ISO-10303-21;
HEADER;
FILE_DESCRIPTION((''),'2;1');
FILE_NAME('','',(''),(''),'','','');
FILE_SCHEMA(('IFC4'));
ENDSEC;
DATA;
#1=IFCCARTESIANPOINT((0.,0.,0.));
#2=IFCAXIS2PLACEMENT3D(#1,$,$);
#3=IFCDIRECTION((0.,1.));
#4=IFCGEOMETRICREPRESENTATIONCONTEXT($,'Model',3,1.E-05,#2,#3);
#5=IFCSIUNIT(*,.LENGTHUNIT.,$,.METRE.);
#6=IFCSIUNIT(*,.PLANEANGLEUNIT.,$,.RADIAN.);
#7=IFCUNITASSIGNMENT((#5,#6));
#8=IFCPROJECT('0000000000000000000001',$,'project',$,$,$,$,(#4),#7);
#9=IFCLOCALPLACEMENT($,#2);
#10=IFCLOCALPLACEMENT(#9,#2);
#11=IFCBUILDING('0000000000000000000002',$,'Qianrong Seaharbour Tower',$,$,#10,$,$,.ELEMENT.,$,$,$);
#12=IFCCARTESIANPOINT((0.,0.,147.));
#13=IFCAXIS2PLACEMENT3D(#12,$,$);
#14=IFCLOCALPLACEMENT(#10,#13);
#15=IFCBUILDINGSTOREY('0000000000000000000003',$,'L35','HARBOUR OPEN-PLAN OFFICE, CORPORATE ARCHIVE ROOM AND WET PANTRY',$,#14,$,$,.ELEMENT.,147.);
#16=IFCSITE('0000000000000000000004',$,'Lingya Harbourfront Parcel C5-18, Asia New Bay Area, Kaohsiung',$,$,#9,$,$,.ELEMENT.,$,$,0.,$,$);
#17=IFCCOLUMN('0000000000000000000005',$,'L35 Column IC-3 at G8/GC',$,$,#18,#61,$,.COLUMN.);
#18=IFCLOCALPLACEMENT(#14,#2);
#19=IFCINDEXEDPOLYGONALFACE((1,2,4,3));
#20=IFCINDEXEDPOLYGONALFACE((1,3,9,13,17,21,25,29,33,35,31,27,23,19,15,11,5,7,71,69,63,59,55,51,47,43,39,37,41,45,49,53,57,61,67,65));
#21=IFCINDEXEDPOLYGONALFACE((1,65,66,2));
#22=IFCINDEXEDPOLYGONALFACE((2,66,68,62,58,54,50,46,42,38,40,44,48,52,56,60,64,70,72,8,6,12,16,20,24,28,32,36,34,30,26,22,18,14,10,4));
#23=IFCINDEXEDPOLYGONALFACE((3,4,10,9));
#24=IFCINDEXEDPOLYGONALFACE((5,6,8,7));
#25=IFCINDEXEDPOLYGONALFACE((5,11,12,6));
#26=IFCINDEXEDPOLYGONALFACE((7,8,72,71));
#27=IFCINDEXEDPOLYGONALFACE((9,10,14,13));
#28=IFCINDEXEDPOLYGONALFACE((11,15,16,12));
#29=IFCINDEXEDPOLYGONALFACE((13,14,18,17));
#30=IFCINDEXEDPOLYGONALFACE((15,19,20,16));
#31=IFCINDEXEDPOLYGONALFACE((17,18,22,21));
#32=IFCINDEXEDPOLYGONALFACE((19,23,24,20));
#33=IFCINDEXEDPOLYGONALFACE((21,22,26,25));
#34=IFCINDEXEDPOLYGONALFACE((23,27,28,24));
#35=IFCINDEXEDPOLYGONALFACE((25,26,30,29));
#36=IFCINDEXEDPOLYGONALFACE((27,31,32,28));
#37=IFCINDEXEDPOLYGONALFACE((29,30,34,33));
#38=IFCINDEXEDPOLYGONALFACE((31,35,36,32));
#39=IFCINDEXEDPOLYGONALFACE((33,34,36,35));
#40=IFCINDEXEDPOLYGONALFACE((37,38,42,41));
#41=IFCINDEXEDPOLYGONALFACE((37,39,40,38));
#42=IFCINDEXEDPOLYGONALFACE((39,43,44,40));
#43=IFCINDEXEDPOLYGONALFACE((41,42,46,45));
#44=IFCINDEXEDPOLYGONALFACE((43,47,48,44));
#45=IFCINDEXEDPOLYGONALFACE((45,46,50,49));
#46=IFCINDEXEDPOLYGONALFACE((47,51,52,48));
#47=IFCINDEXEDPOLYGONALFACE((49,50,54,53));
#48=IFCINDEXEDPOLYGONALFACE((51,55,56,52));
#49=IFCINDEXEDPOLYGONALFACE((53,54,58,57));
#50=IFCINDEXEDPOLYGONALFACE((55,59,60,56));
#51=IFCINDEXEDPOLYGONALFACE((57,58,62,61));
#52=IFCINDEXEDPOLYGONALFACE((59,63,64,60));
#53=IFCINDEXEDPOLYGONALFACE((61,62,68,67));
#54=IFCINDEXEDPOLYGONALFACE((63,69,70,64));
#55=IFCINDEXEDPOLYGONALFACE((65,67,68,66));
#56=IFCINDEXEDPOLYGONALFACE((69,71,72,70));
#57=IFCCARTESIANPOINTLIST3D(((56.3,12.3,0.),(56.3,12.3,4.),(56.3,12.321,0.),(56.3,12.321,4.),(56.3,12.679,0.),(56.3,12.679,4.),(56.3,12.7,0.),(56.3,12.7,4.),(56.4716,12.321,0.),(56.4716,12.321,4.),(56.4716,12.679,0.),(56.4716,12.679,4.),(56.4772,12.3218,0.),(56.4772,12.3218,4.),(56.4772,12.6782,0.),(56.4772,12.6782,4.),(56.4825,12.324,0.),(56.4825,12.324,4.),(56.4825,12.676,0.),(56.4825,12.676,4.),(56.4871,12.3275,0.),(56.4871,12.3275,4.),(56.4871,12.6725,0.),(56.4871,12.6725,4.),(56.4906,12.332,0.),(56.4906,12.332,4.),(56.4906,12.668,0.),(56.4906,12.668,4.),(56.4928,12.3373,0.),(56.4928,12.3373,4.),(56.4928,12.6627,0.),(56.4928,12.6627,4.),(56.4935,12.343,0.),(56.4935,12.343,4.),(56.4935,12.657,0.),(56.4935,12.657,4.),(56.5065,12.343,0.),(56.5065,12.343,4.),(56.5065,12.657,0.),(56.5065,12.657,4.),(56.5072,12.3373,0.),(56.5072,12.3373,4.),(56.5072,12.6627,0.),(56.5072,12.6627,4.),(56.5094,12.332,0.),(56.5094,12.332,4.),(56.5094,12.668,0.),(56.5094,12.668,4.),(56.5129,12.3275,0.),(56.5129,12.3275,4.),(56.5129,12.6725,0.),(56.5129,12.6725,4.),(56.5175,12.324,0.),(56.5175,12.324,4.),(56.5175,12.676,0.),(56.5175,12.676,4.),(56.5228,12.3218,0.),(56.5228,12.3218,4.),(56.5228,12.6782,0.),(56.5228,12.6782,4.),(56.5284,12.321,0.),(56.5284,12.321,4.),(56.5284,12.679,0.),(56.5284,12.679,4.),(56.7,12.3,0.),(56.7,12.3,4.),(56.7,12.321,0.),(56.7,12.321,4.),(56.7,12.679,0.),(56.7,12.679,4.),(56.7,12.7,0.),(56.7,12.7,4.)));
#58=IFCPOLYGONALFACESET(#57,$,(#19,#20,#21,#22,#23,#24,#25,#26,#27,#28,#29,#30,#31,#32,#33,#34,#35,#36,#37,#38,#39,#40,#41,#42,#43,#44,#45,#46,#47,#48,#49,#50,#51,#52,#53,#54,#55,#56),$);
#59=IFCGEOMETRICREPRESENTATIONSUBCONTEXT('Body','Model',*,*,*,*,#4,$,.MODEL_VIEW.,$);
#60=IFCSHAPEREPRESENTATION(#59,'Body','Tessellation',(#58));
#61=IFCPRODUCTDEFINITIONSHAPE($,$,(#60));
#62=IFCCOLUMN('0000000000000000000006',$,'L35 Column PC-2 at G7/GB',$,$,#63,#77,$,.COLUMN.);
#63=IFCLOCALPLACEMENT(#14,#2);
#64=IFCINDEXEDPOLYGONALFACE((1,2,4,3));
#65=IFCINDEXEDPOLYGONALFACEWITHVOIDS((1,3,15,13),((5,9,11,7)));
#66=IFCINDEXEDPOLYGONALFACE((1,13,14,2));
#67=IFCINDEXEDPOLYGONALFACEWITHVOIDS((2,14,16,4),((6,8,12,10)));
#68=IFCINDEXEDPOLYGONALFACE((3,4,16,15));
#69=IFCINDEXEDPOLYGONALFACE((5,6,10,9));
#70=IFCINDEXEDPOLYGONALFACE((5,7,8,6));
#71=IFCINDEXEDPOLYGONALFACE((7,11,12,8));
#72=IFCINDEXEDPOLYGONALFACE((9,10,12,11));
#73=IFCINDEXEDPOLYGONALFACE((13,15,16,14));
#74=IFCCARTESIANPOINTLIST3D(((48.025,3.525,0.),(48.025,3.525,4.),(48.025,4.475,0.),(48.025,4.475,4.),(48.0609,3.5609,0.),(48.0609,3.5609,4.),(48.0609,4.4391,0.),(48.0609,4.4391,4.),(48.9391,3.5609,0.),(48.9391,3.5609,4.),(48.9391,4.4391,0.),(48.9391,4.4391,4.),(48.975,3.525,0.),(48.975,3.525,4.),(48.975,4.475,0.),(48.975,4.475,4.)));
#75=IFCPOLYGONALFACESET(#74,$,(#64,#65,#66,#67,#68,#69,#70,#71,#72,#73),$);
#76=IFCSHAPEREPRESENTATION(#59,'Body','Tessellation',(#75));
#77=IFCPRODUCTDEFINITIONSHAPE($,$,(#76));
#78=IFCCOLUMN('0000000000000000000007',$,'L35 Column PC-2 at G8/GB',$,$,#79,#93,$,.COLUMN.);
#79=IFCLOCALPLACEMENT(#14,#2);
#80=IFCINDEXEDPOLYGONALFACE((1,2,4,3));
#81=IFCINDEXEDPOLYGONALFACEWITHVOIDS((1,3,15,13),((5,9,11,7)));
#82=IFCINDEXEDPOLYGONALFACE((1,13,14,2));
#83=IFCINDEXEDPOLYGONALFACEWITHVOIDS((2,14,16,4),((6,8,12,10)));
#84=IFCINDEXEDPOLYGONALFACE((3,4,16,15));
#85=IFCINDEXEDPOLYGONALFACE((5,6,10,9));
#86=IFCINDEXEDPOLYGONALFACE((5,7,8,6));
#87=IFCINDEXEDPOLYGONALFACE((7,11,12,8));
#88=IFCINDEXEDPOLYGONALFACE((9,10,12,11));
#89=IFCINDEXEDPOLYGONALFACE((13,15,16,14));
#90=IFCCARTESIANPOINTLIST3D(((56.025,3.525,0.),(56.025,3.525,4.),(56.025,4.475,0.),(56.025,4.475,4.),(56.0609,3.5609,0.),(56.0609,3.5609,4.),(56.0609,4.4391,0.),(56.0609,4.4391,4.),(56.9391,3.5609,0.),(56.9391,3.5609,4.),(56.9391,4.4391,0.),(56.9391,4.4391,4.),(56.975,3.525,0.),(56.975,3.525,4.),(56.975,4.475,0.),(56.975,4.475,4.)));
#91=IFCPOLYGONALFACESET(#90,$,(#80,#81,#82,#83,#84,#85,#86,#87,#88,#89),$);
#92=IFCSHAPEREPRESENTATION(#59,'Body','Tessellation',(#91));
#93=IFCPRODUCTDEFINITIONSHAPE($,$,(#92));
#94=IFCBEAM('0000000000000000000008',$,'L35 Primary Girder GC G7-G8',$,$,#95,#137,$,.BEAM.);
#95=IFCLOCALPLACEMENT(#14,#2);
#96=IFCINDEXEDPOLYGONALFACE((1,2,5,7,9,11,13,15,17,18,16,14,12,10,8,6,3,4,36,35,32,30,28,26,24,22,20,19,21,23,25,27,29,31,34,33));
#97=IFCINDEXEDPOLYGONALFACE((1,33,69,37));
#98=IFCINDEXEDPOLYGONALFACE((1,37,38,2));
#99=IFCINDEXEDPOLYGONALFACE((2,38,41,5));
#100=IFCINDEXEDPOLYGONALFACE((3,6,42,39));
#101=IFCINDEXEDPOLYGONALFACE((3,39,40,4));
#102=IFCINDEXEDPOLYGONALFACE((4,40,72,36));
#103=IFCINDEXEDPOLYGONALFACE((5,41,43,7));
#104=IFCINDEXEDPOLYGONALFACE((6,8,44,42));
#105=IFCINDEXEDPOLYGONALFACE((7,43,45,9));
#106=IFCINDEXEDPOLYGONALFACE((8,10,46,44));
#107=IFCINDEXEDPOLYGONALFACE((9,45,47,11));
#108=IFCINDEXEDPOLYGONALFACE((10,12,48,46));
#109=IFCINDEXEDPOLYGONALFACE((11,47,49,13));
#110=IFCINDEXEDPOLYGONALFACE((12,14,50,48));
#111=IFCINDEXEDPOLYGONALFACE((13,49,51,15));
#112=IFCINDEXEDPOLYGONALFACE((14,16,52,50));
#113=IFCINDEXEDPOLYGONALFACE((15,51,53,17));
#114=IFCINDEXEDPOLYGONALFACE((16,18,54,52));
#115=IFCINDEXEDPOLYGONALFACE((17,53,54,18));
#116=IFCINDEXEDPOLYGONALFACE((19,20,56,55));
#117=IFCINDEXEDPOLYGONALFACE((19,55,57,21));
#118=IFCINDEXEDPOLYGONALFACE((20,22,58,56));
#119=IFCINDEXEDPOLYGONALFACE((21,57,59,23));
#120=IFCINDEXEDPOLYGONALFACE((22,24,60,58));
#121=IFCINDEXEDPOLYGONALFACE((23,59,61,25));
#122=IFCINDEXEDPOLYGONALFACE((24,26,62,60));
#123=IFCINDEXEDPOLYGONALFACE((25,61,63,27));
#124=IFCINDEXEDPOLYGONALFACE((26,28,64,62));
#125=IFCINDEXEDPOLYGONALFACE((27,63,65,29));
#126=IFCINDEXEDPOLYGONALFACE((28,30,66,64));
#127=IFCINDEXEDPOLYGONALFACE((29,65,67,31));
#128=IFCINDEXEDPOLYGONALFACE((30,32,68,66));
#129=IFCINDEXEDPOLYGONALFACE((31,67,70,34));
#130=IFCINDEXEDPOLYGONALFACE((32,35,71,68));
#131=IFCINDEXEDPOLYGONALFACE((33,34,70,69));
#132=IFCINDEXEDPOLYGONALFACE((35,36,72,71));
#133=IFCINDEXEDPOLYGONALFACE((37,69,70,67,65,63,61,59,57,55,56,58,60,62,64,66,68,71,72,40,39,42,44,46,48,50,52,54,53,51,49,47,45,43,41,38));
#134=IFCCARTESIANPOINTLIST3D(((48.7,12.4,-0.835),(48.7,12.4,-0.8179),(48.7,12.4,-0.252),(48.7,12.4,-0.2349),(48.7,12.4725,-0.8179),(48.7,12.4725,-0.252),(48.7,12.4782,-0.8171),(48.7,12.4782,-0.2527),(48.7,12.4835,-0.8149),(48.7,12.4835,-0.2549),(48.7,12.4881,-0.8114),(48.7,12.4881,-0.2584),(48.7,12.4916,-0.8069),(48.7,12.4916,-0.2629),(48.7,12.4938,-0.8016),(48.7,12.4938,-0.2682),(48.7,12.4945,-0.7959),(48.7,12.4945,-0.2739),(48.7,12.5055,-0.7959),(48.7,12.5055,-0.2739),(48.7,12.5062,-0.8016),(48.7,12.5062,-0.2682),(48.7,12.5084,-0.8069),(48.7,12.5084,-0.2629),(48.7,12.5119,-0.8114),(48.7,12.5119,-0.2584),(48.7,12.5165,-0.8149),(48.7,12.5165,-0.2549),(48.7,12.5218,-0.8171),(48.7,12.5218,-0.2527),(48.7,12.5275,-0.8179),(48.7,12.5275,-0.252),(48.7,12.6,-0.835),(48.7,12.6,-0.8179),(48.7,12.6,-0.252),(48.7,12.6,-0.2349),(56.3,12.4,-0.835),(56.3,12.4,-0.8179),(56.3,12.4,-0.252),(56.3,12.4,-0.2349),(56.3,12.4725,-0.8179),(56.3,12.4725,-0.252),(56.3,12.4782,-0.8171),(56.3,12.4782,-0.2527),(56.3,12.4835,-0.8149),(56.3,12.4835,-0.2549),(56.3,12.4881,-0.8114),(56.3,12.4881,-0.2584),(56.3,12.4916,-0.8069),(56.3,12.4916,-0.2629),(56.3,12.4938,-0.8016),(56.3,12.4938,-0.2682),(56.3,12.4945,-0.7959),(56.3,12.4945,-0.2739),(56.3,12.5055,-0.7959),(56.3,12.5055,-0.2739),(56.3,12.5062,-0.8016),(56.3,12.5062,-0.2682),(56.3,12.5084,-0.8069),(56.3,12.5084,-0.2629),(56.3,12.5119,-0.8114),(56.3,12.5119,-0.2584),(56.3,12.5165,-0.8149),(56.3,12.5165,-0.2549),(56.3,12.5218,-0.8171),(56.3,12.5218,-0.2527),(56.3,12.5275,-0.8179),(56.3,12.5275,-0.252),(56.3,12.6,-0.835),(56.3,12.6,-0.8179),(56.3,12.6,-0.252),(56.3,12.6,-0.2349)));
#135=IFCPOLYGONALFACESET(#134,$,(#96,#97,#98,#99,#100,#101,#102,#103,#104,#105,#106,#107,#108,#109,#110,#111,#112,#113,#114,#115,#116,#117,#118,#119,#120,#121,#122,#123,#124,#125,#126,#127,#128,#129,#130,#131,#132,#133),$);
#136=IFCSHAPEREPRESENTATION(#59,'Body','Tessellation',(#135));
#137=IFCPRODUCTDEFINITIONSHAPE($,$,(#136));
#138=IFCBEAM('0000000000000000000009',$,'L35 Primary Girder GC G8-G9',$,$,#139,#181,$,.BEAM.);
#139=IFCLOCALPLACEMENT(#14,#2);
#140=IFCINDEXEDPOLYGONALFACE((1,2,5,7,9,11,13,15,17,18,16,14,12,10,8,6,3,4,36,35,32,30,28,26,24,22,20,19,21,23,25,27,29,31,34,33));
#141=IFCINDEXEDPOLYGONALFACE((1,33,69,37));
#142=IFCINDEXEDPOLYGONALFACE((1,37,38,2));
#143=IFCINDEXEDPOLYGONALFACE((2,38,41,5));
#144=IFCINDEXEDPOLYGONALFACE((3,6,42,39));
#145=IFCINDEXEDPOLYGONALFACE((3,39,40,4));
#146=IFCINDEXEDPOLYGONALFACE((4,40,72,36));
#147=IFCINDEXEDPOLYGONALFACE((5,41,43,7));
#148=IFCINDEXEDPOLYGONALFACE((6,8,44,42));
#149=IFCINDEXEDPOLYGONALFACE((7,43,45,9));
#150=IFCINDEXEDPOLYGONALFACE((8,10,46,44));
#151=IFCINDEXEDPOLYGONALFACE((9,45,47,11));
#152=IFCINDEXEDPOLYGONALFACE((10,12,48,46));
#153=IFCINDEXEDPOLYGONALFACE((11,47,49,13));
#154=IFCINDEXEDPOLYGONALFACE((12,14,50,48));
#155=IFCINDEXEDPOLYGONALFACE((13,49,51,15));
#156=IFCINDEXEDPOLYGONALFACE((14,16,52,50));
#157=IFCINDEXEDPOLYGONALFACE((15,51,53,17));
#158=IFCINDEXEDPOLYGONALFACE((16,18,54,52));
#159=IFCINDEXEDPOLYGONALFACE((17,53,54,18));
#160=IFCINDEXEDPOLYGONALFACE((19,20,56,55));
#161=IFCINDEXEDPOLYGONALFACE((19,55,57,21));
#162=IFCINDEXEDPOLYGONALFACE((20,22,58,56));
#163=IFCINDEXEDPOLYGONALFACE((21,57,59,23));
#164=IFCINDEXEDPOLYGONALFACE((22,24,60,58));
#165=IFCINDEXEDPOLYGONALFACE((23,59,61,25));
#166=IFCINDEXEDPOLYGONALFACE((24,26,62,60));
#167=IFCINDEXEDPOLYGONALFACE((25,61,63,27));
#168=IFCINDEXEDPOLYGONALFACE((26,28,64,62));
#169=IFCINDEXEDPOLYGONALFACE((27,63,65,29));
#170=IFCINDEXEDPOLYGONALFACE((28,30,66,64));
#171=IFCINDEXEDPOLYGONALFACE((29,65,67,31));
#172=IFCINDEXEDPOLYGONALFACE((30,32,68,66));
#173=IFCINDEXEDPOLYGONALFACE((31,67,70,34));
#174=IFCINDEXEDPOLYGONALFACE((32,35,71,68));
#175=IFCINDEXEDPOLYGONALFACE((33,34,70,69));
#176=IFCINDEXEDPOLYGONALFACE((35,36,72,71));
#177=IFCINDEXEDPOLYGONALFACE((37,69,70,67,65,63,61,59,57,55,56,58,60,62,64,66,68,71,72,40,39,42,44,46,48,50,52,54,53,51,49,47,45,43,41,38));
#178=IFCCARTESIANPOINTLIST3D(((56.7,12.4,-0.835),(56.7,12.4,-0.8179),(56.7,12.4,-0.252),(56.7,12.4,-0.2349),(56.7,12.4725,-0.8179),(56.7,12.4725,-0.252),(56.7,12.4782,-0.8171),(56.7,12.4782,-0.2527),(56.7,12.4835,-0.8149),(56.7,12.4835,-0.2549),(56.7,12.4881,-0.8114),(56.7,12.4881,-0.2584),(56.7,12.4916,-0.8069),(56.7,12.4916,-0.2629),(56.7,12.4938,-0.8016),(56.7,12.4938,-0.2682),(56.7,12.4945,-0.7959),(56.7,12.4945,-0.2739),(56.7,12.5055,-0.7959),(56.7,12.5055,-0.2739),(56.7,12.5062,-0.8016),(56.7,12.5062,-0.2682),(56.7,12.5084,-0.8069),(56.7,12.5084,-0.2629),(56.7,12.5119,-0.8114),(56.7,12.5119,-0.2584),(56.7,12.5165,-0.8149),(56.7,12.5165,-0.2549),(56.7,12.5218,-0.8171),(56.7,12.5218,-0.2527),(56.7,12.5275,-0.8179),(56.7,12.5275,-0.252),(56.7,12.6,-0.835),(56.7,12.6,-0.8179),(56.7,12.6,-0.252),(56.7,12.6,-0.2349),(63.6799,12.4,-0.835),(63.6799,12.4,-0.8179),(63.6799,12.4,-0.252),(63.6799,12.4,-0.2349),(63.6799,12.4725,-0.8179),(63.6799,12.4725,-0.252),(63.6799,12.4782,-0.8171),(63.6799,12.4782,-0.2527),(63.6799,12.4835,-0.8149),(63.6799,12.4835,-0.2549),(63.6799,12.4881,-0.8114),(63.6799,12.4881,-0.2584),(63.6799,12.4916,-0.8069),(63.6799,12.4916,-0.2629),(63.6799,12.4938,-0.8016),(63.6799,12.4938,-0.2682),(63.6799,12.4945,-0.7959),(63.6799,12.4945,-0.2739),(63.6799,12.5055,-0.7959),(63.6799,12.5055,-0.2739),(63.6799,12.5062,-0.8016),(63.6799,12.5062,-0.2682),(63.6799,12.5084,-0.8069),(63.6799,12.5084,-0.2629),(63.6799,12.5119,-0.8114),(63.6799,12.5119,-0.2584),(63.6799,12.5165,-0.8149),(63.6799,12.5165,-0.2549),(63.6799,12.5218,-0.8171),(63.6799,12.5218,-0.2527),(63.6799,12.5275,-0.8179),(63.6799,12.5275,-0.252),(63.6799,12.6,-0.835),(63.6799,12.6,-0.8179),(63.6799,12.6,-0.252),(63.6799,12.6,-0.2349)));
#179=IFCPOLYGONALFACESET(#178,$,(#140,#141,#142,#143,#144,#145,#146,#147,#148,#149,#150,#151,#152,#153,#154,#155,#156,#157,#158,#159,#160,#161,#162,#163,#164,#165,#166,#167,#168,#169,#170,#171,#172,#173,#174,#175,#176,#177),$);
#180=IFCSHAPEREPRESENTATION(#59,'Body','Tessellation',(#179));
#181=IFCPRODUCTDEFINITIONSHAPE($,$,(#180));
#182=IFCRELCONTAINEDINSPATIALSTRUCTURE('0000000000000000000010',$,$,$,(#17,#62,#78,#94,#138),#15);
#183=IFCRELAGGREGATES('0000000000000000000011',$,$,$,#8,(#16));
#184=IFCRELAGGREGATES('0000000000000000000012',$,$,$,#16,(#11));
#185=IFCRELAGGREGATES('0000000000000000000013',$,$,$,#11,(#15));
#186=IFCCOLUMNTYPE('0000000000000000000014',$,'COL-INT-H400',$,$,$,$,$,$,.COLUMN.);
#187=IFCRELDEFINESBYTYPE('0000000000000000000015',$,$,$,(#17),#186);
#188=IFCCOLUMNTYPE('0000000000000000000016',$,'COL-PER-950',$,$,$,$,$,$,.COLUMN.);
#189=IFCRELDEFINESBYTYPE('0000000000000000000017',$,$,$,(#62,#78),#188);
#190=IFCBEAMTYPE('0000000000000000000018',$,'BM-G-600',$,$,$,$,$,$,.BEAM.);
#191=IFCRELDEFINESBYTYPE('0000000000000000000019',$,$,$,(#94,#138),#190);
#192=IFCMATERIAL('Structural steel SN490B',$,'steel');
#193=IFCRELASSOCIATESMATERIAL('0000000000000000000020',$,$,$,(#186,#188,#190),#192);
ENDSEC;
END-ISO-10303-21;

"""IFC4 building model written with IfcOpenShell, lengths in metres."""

from ifc_helpers import new_model, si_unit, direction, frame, origin, origin_2d, place, context, subcontext, project, spatial, hollow_rectangle, i_section, extrude, material, material_profile, profile_set, type_object, element, save


model = new_model("IFC4")

# Units and contexts
model_context = context("Model", 3, precision=1e-05, world=origin(), true_north=direction((0.0, 1.0)))
body_context = subcontext(model_context, "Body", "Model", "MODEL_VIEW")
ifc_project = project(units=[si_unit("LENGTHUNIT", "METRE"), si_unit("PLANEANGLEUNIT", "RADIAN")], contexts=[model_context])

# Site, building, storey
site_placement = place(None, origin())
site = spatial("IfcSite", under=ifc_project, at=site_placement, Name="Lingya Harbourfront Parcel C5-18, Asia New Bay Area, Kaohsiung", CompositionType="ELEMENT", RefElevation=0.0)
building_placement = place(site_placement, origin())
building = spatial("IfcBuilding", under=site, at=building_placement, Name="Qianrong Seaharbour Tower", CompositionType="ELEMENT")
storey_placement = place(building_placement, frame((0.0, 0.0, 147.0)))
storey = spatial("IfcBuildingStorey", under=building, at=storey_placement, Name="L35", Description="HARBOUR OPEN-PLAN OFFICE, CORPORATE ARCHIVE ROOM AND WET PANTRY", CompositionType="ELEMENT", Elevation=147.0)

# Columns
ifc_material_1 = material(Name="Structural steel SN490B", Category="steel")
ifc_material_profile_1 = material_profile(ifc_material_1, i_section(OverallWidth=0.3999, OverallDepth=0.3999, WebThickness=0.0129, FlangeThickness=0.021, FilletRadius=0.022, at=origin_2d()), Name="H400x400x13x21")
ifc_profile_set_1 = profile_set([ifc_material_profile_1], Name="Structural steel SN490B")
column_type_1 = type_object("IfcColumnType", Name="COL-INT-H400", PredefinedType="COLUMN", material=ifc_profile_set_1)
for number, where, z_axis, x_axis, name in (
    (1, (56.5, 12.5, 0.0), (0.0, 0.0, 1.0), (1.0, 0.0, 0.0), "L35 Column IC-3 at G8/GC"),
):
    element("IfcColumn", number, at=place(storey_placement, frame(where, z_axis=z_axis, x_axis=x_axis)), inside=storey, type_object=column_type_1, Name=name, PredefinedType="COLUMN", context=body_context, shape_type="SweptSolid", body=[
        extrude(i_section(OverallWidth=0.3999, OverallDepth=0.3999, WebThickness=0.0129, FlangeThickness=0.021, FilletRadius=0.022, at=origin_2d()), origin(), (0.0, 0.0, 1.0), 4.0),
    ])
ifc_material_profile_2 = material_profile(ifc_material_1, hollow_rectangle(XDim=0.95, YDim=0.95, WallThickness=0.0359, at=origin_2d()), Name="BOX950x950x36")
ifc_profile_set_2 = profile_set([ifc_material_profile_2], Name="Structural steel SN490B")
column_type_2 = type_object("IfcColumnType", Name="COL-PER-950", PredefinedType="COLUMN", material=ifc_profile_set_2)
for number, where, z_axis, x_axis, name in (
    (2, (48.5, 4.0, 0.0), (0.0, 0.0, 1.0), (1.0, 0.0, 0.0), "L35 Column PC-2 at G7/GB"),
    (3, (56.5, 4.0, 0.0), (0.0, 0.0, 1.0), (1.0, 0.0, 0.0), "L35 Column PC-2 at G8/GB"),
):
    element("IfcColumn", number, at=place(storey_placement, frame(where, z_axis=z_axis, x_axis=x_axis)), inside=storey, type_object=column_type_2, Name=name, PredefinedType="COLUMN", context=body_context, shape_type="SweptSolid", body=[
        extrude(hollow_rectangle(XDim=0.95, YDim=0.95, WallThickness=0.0359, at=origin_2d()), origin(), (0.0, 0.0, 1.0), 4.0),
    ])

# Beams
ifc_material_profile_3 = material_profile(ifc_material_1, i_section(OverallWidth=0.2, OverallDepth=0.6001, WebThickness=0.011, FlangeThickness=0.0171, FilletRadius=0.022, at=origin_2d()), Name="H600x200x11x17")
ifc_profile_set_3 = profile_set([ifc_material_profile_3], Name="Structural steel SN490B")
beam_type_1 = type_object("IfcBeamType", Name="BM-G-600", PredefinedType="BEAM", material=ifc_profile_set_3)
beam_1_placement = place(storey_placement, frame((48.7, 12.5, -0.5349), z_axis=(1.0, 0.0, 0.0), x_axis=(0.0, 1.0, 0.0)))
element("IfcBeam", 4, at=beam_1_placement, inside=storey, type_object=beam_type_1, Name="L35 Primary Girder GC G7-G8", PredefinedType="BEAM", context=body_context, shape_type="SweptSolid", body=[
    extrude(i_section(OverallWidth=0.2, OverallDepth=0.6001, WebThickness=0.011, FlangeThickness=0.0171, FilletRadius=0.022, at=origin_2d()), origin(), (0.0, 0.0, 1.0), 7.6001),
])
beam_2_placement = place(storey_placement, frame((56.7, 12.5, -0.5349), z_axis=(1.0, 0.0, 0.0), x_axis=(0.0, 1.0, 0.0)))
element("IfcBeam", 5, at=beam_2_placement, inside=storey, type_object=beam_type_1, Name="L35 Primary Girder GC G8-G9", PredefinedType="BEAM", context=body_context, shape_type="SweptSolid", body=[
    extrude(i_section(OverallWidth=0.2, OverallDepth=0.6001, WebThickness=0.011, FlangeThickness=0.0171, FilletRadius=0.022, at=origin_2d()), origin(), (0.0, 0.0, 1.0), 6.98),
])

save(model, "model.ifc")
